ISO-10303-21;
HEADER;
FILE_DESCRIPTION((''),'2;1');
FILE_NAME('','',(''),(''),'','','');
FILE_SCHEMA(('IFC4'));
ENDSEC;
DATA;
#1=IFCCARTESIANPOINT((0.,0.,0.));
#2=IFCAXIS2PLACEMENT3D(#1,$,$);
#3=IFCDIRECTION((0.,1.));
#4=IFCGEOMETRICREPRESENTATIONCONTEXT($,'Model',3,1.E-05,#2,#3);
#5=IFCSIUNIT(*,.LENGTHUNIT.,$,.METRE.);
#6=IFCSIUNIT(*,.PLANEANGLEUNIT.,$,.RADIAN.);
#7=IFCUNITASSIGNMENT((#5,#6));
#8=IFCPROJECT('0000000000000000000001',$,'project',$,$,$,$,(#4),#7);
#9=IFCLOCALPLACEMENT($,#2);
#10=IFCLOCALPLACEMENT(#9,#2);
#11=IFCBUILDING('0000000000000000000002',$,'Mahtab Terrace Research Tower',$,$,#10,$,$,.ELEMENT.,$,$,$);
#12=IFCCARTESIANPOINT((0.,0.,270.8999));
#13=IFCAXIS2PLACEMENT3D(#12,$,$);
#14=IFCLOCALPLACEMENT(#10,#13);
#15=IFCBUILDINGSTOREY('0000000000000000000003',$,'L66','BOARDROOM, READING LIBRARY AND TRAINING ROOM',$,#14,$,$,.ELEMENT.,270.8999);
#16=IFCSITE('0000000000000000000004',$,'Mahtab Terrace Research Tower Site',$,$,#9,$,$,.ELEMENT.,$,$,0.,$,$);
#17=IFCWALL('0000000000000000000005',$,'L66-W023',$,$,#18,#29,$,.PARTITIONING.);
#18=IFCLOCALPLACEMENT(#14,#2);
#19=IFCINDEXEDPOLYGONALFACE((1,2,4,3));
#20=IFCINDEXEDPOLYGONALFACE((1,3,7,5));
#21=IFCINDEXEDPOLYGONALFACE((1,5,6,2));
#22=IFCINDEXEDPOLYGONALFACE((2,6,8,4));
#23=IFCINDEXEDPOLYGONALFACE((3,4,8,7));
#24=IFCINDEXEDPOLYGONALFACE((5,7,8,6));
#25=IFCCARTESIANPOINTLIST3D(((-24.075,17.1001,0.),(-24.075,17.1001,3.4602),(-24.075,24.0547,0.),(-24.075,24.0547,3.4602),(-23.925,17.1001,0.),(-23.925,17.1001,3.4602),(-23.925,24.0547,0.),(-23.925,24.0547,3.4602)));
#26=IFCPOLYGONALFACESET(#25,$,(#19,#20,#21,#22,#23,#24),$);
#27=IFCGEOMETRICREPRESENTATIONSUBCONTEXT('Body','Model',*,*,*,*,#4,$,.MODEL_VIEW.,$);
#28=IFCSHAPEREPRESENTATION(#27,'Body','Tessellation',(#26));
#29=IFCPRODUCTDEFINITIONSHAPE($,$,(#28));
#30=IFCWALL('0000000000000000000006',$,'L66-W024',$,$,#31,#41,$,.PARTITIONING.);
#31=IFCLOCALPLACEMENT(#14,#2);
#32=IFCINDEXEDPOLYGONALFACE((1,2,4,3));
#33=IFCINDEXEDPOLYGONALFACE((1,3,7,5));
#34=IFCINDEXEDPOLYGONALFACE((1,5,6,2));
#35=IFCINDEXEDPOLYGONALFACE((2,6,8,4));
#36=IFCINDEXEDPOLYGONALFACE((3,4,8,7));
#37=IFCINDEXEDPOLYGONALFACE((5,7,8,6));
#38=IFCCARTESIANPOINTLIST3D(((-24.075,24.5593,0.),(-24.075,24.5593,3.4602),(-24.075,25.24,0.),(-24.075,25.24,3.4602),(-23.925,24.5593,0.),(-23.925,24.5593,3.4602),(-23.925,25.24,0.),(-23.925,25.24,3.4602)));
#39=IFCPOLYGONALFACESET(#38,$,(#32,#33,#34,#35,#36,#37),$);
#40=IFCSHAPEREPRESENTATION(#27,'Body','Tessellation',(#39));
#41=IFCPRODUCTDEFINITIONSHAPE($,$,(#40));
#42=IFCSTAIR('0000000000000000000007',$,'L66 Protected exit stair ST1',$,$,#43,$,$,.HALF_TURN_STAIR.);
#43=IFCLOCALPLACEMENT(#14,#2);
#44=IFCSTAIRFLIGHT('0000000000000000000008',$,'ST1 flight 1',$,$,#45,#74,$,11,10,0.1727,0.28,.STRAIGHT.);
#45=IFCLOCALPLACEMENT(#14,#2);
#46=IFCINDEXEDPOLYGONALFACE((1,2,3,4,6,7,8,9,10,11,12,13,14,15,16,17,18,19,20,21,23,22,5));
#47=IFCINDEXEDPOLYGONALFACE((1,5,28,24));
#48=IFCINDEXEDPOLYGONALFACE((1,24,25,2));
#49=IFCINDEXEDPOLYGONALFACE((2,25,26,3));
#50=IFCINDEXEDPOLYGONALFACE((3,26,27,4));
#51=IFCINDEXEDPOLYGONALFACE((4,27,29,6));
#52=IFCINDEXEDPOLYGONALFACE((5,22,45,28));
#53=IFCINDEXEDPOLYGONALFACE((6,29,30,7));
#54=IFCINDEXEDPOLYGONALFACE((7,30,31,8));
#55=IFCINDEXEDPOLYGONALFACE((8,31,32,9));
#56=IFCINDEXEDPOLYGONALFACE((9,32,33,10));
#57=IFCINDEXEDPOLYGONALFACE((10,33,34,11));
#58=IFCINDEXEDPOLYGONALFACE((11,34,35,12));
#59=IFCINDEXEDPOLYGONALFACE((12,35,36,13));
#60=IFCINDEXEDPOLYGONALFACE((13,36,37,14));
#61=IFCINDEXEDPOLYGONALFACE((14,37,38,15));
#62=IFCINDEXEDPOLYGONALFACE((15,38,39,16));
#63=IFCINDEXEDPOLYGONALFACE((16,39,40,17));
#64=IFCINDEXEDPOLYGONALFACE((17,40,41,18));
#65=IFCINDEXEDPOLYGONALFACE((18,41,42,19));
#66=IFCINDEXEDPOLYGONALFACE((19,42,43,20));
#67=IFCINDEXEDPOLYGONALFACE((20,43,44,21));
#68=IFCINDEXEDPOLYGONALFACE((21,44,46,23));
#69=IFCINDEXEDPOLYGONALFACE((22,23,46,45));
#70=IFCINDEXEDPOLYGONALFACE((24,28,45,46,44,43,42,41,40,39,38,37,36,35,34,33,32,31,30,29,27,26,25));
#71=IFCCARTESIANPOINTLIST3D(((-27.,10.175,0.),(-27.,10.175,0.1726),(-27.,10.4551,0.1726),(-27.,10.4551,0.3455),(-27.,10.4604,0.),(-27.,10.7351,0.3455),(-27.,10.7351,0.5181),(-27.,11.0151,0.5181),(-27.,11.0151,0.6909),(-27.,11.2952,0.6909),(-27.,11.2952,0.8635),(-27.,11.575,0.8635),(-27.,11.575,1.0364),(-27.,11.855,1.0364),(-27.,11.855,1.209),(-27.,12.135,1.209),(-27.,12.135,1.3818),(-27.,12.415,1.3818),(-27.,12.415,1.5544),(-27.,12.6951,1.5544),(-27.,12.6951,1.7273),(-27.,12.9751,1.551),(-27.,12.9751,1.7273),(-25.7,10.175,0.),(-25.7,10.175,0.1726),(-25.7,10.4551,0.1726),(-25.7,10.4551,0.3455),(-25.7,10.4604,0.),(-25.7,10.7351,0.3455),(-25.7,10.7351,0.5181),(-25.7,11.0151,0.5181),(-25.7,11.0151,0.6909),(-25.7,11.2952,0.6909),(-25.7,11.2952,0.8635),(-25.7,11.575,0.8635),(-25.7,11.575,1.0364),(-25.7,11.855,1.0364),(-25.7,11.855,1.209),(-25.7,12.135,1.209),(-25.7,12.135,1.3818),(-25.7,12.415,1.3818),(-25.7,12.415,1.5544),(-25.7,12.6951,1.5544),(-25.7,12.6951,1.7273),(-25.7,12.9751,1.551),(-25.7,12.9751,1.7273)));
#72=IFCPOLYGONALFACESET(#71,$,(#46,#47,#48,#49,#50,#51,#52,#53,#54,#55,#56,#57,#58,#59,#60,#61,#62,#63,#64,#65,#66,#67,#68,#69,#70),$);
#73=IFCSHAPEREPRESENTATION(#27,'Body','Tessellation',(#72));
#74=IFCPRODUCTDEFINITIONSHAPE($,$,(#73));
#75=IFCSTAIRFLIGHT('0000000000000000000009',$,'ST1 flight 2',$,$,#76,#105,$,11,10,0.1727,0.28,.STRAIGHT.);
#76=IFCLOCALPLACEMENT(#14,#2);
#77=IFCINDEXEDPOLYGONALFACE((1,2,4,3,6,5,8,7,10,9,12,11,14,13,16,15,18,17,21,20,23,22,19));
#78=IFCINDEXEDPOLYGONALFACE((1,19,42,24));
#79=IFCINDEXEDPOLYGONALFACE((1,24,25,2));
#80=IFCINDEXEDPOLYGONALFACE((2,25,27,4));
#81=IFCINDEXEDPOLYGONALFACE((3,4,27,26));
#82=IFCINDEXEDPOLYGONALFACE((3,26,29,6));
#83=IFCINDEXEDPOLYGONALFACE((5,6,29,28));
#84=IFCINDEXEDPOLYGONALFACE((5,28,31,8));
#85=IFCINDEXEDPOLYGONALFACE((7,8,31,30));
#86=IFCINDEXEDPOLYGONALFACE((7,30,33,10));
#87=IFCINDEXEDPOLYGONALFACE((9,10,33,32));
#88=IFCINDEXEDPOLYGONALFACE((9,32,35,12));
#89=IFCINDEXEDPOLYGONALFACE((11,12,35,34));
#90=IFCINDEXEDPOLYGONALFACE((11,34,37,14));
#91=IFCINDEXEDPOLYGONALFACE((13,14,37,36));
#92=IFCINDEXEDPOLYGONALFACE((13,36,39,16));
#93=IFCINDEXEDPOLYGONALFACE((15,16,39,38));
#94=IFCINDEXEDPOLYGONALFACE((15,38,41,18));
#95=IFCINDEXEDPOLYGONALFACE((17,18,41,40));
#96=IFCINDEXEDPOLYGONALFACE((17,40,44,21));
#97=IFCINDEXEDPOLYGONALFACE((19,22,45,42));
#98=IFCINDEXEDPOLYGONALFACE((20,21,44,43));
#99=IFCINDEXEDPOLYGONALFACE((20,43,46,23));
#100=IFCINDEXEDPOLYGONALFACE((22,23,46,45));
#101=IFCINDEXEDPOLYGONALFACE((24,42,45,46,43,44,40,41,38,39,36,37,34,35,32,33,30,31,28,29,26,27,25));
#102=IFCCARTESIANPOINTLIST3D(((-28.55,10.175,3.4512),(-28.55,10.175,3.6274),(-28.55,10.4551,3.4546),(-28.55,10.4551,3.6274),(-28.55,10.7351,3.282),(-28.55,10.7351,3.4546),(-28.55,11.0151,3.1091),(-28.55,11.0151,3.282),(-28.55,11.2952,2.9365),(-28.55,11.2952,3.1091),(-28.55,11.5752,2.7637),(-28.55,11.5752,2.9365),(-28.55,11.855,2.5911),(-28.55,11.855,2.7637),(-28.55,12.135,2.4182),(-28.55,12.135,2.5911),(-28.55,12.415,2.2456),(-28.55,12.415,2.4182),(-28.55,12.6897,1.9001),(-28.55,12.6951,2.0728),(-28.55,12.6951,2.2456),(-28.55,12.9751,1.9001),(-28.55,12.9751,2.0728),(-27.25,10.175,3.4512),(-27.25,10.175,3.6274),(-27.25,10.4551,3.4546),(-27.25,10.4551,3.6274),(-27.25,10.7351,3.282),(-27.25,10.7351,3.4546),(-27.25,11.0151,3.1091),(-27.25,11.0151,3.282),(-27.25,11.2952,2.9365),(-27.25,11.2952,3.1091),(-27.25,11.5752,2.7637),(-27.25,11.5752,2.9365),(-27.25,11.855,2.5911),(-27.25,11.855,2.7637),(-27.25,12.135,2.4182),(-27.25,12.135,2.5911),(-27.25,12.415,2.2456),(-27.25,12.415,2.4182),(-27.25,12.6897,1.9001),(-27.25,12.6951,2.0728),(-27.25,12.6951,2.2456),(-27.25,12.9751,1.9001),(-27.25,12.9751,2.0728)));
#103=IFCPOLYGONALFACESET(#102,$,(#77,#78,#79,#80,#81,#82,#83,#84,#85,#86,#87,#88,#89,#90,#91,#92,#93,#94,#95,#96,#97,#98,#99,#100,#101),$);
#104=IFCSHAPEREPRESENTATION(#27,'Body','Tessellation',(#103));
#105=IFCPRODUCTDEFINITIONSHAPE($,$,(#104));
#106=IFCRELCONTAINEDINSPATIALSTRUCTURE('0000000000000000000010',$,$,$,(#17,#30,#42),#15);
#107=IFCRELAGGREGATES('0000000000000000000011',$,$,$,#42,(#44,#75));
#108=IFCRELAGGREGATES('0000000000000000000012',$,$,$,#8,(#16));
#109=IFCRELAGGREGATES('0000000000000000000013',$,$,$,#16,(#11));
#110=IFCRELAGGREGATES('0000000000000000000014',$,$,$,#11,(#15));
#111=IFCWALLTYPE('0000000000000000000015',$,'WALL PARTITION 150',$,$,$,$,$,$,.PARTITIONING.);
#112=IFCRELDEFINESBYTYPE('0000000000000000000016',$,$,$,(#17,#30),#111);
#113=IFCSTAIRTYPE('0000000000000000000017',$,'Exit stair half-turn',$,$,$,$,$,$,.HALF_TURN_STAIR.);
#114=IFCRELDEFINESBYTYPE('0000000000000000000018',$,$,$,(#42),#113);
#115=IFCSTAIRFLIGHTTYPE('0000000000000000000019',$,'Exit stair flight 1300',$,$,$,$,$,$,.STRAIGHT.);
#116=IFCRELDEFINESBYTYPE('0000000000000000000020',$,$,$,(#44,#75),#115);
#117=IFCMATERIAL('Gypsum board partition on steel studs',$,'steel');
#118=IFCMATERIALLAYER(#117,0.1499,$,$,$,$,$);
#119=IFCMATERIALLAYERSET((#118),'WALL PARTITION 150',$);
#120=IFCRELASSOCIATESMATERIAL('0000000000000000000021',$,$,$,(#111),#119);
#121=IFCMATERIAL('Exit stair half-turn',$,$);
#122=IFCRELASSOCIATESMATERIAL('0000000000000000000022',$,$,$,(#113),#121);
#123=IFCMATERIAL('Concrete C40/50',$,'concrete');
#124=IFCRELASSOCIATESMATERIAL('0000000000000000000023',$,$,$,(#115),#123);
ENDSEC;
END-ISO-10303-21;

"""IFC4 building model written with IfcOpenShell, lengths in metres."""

from ifc_helpers import new_model, si_unit, direction, frame, frame_2d, origin, place, context, subcontext, project, spatial, polyline, rectangle, outline, extrude, material, layer, layer_set, type_object, element, aggregate, save


model = new_model("IFC4")

# Units and contexts
model_context = context("Model", 3, precision=1e-05, world=origin(), true_north=direction((0.0, 1.0)))
body_context = subcontext(model_context, "Body", "Model", "MODEL_VIEW")
ifc_project = project(units=[si_unit("LENGTHUNIT", "METRE"), si_unit("PLANEANGLEUNIT", "RADIAN")], contexts=[model_context])

# Site, building, storey
site_placement = place(None, origin())
site = spatial("IfcSite", under=ifc_project, at=site_placement, Name="Mahtab Terrace Research Tower Site", CompositionType="ELEMENT", RefElevation=0.0)
building_placement = place(site_placement, origin())
building = spatial("IfcBuilding", under=site, at=building_placement, Name="Mahtab Terrace Research Tower", CompositionType="ELEMENT")
storey_placement = place(building_placement, frame((0.0, 0.0, 270.8999)))
storey = spatial("IfcBuildingStorey", under=building, at=storey_placement, Name="L66", Description="BOARDROOM, READING LIBRARY AND TRAINING ROOM", CompositionType="ELEMENT", Elevation=270.8999)

# Walls
ifc_material_1 = material(Name="Gypsum board partition on steel studs", Category="steel")
ifc_layer_1 = layer(ifc_material_1, 0.1499)
ifc_layer_set_1 = layer_set([ifc_layer_1], Name="WALL PARTITION 150")
wall_type_1 = type_object("IfcWallType", Name="WALL PARTITION 150", PredefinedType="PARTITIONING", material=ifc_layer_set_1)
wall_1_placement = place(storey_placement, frame((-24.0, 17.1001, 0.0), z_axis=(0.0, 0.0, 1.0), x_axis=(0.0, 1.0, 0.0)))
element("IfcWall", 1, at=wall_1_placement, inside=storey, type_object=wall_type_1, Name="L66-W023", PredefinedType="PARTITIONING", context=body_context, shape_type="SweptSolid", body=[
    extrude(rectangle(XDim=6.9546, YDim=0.1499, at=frame_2d((3.4773, 0.0))), origin(), (0.0, 0.0, 1.0), 3.4602),
])
wall_2_placement = place(storey_placement, frame((-24.0, 24.5593, 0.0), z_axis=(0.0, 0.0, 1.0), x_axis=(0.0, 1.0, 0.0)))
element("IfcWall", 2, at=wall_2_placement, inside=storey, type_object=wall_type_1, Name="L66-W024", PredefinedType="PARTITIONING", context=body_context, shape_type="SweptSolid", body=[
    extrude(rectangle(XDim=0.6807, YDim=0.1499, at=frame_2d((0.3403, 0.0))), origin(), (0.0, 0.0, 1.0), 3.4602),
])

# Stair, stair flights
ifc_material_2 = material(Name="Exit stair half-turn")
stair_type = type_object("IfcStairType", Name="Exit stair half-turn", PredefinedType="HALF_TURN_STAIR", material=ifc_material_2)
stair_placement = place(storey_placement, origin())
stair = element("IfcStair", 3, at=stair_placement, inside=storey, type_object=stair_type, Name="L66 Protected exit stair ST1", PredefinedType="HALF_TURN_STAIR")
ifc_material_3 = material(Name="Concrete C40/50", Category="concrete")
stair_flight_type = type_object("IfcStairFlightType", Name="Exit stair flight 1300", PredefinedType="STRAIGHT", material=ifc_material_3)
stair_flight_1_placement = place(storey_placement, frame((-26.3501, 10.175, 0.0), z_axis=(0.0, 0.0, 1.0), x_axis=(0.0, 1.0, 0.0)))
stair_flight_1 = element("IfcStairFlight", 4, at=stair_flight_1_placement, type_object=stair_flight_type, Name="ST1 flight 1", NumberOfRisers=11, NumberOfTreads=10, PredefinedType="STRAIGHT", RiserHeight=0.1727, TreadLength=0.28, context=body_context, shape_type="SweptSolid", body=[
    extrude(outline(polyline([(0.0, 0.0), (0.0, 0.1726), (0.28, 0.1726), (0.28, 0.3455), (0.5601, 0.3455), (0.5601, 0.5181), (0.8401, 0.5181), (0.8401, 0.6909), (1.1201, 0.6909), (1.1201, 0.8635), (1.3999, 0.8635), (1.3999, 1.0364), (1.6799, 1.0364), (1.6799, 1.209), (1.96, 1.209), (1.96, 1.3818), (2.24, 1.3818), (2.24, 1.5544), (2.52, 1.5544), (2.52, 1.7273), (2.8, 1.7273), (2.8, 1.8999), (2.8, 1.551), (0.2854, 0.0), (0.0, 0.0)])), frame((0.0, 0.6499, 0.0), z_axis=(0.0, -1.0, 0.0), x_axis=(1.0, 0.0, 0.0)), (0.0, 0.0, 1.0), 1.3),
])
stair_flight_2_placement = place(storey_placement, frame((-27.8999, 12.9751, 1.9001), z_axis=(0.0, 0.0, 1.0), x_axis=(0.0, -1.0, 0.0)))
stair_flight_2 = element("IfcStairFlight", 5, at=stair_flight_2_placement, type_object=stair_flight_type, Name="ST1 flight 2", NumberOfRisers=11, NumberOfTreads=10, PredefinedType="STRAIGHT", RiserHeight=0.1727, TreadLength=0.28, context=body_context, shape_type="SweptSolid", body=[
    extrude(outline(polyline([(0.0, 0.0), (0.0, 0.1726), (0.28, 0.1726), (0.28, 0.3455), (0.5601, 0.3455), (0.5601, 0.5181), (0.8401, 0.5181), (0.8401, 0.6909), (1.1201, 0.6909), (1.1201, 0.8635), (1.3999, 0.8635), (1.3999, 1.0364), (1.6799, 1.0364), (1.6799, 1.209), (1.96, 1.209), (1.96, 1.3818), (2.24, 1.3818), (2.24, 1.5544), (2.52, 1.5544), (2.52, 1.7273), (2.8, 1.7273), (2.8, 1.8999), (2.8, 1.551), (0.2854, 0.0), (0.0, 0.0)])), frame((0.0, 0.6499, 0.0), z_axis=(0.0, -1.0, 0.0), x_axis=(1.0, 0.0, 0.0)), (0.0, 0.0, 1.0), 1.3),
])
aggregate(stair, [stair_flight_1, stair_flight_2])

save(model, "model.ifc")
